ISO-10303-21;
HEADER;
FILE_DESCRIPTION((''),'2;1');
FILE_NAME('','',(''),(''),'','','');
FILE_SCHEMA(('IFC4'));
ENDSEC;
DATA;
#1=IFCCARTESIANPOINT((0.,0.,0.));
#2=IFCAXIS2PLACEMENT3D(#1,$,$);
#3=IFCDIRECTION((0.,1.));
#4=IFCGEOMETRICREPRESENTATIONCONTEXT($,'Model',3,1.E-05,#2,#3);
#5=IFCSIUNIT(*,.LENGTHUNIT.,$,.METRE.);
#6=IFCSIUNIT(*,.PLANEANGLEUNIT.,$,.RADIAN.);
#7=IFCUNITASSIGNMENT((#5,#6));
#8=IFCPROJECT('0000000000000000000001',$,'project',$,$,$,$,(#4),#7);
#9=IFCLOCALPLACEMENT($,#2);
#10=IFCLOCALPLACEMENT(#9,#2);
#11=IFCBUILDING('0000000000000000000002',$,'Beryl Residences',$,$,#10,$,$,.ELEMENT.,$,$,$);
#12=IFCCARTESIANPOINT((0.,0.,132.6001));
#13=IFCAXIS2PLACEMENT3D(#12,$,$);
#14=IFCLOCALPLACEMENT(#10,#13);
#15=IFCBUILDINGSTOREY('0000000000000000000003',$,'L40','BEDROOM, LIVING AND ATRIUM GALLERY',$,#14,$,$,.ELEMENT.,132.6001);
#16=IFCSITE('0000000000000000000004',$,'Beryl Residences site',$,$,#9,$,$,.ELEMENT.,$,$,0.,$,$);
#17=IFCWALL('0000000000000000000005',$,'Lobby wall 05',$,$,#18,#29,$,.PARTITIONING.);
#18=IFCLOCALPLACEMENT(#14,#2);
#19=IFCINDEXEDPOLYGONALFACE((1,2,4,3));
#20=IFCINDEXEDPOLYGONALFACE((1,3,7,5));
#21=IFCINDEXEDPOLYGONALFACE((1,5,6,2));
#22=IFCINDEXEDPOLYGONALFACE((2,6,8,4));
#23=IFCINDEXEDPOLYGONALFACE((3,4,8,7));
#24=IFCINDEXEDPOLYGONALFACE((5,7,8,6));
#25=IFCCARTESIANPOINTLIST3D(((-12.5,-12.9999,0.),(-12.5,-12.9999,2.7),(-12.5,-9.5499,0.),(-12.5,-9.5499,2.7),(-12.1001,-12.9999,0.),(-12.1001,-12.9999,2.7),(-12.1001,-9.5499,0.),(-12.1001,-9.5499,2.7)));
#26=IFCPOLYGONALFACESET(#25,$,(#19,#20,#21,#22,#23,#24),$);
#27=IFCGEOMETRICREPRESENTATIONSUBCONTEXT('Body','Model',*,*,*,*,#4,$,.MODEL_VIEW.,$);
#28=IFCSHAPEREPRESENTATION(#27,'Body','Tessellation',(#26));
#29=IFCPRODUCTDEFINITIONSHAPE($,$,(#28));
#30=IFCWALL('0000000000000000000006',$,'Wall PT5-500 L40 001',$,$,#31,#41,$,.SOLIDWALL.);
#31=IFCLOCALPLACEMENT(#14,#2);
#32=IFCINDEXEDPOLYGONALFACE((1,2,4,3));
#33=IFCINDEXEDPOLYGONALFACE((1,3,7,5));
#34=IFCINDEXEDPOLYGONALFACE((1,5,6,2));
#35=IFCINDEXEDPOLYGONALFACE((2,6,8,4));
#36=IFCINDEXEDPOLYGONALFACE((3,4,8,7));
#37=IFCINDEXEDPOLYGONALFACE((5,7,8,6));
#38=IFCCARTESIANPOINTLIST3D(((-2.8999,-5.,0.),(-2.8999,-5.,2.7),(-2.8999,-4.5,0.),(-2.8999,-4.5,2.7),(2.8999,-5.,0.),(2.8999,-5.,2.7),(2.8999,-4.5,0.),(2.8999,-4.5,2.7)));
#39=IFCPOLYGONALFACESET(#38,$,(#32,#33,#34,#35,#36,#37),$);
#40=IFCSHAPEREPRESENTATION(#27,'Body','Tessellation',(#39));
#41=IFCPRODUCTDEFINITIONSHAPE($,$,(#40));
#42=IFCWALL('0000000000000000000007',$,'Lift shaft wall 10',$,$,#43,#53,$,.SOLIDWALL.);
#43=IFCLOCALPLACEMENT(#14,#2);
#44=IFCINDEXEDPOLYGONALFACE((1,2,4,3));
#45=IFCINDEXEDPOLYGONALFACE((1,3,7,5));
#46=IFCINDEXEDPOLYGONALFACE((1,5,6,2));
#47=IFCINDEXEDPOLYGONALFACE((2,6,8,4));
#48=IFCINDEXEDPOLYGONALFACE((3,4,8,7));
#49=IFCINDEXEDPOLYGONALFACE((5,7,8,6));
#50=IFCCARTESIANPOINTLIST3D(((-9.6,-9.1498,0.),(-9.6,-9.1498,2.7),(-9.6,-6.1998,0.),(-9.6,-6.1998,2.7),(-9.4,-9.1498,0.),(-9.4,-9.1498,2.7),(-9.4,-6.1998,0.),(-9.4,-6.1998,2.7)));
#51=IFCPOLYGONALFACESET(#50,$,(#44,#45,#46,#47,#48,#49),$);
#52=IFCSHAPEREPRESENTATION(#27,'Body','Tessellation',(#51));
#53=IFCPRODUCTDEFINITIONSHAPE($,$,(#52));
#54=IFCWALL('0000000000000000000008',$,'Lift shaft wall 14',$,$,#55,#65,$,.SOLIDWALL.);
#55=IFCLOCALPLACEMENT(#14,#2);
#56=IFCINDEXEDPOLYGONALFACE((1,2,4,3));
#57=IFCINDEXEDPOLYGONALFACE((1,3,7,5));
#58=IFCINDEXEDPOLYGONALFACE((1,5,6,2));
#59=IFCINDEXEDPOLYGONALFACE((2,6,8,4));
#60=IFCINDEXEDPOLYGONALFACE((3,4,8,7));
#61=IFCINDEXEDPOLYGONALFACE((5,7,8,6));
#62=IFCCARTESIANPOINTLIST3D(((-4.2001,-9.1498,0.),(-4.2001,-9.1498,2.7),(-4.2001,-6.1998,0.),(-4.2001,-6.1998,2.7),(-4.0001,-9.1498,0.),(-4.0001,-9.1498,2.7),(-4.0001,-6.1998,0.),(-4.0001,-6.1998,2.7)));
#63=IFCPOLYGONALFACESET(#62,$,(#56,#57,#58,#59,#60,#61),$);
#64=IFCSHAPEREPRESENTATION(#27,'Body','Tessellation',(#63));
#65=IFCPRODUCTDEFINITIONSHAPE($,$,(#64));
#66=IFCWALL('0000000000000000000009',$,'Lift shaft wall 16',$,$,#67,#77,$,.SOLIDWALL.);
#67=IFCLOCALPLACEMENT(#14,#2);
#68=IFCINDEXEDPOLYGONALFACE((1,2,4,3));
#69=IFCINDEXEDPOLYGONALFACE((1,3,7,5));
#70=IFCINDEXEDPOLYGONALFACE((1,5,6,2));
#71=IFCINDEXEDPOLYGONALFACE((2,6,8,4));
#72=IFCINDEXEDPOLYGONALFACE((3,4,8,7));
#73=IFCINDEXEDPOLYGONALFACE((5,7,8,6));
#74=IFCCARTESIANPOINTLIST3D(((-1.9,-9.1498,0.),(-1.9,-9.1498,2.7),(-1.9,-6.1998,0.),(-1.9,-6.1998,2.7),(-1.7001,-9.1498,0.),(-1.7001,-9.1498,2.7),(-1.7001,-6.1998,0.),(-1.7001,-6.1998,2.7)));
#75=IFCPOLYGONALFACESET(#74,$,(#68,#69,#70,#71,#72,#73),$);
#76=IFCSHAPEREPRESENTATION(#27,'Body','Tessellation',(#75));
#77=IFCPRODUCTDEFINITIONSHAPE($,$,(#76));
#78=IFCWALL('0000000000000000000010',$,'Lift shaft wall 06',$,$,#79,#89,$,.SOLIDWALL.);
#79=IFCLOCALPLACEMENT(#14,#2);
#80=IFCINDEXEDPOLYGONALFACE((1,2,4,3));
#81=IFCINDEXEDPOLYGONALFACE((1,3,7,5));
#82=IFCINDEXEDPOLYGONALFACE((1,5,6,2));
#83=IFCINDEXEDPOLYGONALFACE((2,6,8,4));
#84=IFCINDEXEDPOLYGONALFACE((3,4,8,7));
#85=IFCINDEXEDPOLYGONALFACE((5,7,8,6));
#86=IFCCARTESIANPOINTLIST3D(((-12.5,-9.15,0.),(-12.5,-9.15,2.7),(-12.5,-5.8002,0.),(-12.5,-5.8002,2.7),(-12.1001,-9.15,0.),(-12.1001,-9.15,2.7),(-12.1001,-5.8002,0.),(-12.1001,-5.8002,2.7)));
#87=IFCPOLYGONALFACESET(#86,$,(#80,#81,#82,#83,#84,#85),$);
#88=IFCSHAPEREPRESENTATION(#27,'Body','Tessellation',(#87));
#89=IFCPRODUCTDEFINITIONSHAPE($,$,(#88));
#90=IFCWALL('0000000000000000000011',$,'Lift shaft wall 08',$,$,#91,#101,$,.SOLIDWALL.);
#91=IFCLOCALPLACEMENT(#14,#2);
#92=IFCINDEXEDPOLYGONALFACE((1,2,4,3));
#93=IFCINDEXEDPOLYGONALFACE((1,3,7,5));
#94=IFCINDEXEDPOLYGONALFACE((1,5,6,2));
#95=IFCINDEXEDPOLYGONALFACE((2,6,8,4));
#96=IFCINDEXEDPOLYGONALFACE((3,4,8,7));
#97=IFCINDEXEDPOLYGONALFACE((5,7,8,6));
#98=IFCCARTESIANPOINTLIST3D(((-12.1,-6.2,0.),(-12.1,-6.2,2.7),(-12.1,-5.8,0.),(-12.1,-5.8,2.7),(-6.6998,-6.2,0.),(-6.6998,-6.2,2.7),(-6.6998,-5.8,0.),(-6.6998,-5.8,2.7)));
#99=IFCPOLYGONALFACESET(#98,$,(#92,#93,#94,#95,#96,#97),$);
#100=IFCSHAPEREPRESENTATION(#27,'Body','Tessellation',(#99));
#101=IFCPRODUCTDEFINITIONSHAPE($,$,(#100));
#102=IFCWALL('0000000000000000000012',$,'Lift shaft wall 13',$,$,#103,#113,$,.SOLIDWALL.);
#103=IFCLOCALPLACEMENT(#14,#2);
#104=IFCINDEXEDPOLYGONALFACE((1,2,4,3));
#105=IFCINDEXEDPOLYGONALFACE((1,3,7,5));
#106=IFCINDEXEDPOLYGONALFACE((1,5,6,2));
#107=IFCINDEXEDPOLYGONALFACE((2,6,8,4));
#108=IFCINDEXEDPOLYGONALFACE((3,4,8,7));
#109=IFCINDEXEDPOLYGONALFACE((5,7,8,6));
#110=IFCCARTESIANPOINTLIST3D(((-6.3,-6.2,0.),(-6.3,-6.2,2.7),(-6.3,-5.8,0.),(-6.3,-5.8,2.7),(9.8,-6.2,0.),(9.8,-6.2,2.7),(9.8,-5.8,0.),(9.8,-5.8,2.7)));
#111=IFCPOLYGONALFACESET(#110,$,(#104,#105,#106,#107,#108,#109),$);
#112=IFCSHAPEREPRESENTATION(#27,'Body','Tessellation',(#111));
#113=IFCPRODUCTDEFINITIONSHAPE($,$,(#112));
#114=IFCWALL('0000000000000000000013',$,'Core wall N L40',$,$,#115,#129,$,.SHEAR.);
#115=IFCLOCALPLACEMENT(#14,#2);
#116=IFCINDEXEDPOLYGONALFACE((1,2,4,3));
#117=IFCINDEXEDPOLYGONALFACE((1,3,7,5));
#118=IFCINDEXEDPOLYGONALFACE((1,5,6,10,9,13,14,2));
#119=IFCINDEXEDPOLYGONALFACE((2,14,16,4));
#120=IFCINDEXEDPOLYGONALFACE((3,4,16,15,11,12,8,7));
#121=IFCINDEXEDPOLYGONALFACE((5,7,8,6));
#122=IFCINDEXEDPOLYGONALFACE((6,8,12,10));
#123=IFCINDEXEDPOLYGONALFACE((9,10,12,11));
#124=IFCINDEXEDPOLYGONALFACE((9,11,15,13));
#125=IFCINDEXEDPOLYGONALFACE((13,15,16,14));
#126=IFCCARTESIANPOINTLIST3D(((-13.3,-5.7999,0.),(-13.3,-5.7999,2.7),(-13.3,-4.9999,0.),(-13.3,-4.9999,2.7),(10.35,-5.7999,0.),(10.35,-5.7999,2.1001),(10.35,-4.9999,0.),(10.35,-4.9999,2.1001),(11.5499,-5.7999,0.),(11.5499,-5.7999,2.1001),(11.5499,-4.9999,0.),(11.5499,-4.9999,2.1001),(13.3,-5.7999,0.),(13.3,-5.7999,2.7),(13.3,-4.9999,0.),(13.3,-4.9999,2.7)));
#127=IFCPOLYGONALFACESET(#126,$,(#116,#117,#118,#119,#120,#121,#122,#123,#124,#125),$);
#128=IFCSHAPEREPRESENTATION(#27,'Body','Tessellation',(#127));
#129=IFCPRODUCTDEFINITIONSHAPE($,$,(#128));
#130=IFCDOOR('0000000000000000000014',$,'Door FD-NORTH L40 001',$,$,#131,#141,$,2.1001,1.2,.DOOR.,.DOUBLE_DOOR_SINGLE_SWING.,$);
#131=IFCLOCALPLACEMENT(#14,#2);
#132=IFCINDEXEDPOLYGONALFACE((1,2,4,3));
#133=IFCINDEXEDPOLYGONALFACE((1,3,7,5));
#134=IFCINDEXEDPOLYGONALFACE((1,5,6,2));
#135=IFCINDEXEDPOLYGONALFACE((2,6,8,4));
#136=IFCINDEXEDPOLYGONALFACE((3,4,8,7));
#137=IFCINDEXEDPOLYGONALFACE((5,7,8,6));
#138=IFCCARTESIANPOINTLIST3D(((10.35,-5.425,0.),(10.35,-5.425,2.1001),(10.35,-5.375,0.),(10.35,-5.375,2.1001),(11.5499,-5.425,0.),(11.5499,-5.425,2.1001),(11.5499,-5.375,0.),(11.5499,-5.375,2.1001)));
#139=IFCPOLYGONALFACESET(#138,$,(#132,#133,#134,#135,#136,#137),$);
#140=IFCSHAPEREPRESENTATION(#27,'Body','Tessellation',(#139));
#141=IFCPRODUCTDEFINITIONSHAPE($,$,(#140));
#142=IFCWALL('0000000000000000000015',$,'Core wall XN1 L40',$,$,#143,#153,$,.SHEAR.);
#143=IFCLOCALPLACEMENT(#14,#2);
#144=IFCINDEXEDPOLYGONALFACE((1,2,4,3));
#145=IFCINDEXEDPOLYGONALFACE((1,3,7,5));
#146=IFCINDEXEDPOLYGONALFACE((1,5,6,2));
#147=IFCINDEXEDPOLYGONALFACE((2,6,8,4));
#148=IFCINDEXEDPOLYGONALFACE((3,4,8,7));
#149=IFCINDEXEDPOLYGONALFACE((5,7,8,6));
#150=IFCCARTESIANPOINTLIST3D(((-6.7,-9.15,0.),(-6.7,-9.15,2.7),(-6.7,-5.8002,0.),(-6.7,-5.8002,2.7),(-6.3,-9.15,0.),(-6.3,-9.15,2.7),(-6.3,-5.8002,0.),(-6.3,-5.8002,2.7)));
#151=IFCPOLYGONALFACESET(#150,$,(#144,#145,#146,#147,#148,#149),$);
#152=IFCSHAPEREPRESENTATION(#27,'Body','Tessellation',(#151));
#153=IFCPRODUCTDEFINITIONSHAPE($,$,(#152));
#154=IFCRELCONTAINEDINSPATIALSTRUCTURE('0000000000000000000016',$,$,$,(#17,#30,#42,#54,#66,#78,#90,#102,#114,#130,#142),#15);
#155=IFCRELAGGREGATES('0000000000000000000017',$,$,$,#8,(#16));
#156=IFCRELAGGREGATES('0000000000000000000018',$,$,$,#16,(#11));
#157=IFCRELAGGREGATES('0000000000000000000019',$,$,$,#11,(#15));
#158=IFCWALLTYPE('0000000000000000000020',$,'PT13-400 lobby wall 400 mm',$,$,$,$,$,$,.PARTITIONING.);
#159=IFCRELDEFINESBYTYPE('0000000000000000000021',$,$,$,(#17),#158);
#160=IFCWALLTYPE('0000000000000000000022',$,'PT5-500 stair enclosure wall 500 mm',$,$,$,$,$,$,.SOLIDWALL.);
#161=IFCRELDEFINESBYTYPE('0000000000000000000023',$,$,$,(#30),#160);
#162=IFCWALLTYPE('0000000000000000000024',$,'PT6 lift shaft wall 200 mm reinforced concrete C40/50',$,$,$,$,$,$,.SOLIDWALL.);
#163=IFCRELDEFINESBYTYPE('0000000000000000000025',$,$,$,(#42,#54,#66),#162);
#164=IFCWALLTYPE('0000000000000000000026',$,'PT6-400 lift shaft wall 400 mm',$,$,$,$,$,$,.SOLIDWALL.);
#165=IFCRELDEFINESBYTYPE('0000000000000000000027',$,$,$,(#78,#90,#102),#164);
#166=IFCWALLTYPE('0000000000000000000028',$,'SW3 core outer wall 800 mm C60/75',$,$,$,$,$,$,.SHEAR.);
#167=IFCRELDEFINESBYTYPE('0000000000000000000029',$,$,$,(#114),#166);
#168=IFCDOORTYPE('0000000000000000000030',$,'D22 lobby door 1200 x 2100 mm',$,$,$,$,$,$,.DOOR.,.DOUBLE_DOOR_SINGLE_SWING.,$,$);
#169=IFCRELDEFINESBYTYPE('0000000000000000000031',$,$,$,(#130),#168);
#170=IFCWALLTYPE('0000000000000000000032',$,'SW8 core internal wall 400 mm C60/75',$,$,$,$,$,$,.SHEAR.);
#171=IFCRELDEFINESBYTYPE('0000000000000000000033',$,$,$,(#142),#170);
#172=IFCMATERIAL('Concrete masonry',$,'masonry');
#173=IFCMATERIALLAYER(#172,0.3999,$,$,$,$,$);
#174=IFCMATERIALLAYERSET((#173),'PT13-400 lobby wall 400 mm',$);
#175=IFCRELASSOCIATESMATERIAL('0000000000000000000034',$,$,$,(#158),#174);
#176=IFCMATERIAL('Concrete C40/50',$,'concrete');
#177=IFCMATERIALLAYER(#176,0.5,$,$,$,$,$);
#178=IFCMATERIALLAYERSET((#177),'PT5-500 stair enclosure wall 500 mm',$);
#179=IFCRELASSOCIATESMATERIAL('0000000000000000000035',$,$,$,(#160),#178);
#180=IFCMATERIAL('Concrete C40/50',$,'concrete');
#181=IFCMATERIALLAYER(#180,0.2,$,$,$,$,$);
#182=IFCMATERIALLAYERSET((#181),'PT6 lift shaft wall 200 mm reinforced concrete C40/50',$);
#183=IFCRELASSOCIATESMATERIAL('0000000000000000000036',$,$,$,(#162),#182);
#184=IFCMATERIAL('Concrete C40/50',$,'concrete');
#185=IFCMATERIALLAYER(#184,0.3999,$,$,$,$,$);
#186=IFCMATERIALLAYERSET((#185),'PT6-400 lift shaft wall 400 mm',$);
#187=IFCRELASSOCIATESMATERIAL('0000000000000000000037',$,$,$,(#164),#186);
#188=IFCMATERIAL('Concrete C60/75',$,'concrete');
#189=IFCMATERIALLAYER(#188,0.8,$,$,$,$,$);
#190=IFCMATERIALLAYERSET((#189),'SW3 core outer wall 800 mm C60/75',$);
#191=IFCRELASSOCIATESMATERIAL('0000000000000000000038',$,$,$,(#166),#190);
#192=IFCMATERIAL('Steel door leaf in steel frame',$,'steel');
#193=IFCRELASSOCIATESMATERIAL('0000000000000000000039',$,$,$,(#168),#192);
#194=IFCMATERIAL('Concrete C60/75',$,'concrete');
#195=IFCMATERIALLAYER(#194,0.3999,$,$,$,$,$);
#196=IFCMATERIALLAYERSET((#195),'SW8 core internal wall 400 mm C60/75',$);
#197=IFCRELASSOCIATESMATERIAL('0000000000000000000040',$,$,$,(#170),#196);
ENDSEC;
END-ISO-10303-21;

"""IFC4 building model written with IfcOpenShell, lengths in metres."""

from ifc_helpers import new_model, si_unit, direction, frame, frame_2d, origin, place, context, subcontext, project, spatial, rectangle, extrude, material, layer, layer_set, type_object, element, fill, save


model = new_model("IFC4")

# Units and contexts
model_context = context("Model", 3, precision=1e-05, world=origin(), true_north=direction((0.0, 1.0)))
body_context = subcontext(model_context, "Body", "Model", "MODEL_VIEW")
ifc_project = project(units=[si_unit("LENGTHUNIT", "METRE"), si_unit("PLANEANGLEUNIT", "RADIAN")], contexts=[model_context])

# Site, building, storey
site_placement = place(None, origin())
site = spatial("IfcSite", under=ifc_project, at=site_placement, Name="Beryl Residences site", CompositionType="ELEMENT", RefElevation=0.0)
building_placement = place(site_placement, origin())
building = spatial("IfcBuilding", under=site, at=building_placement, Name="Beryl Residences", CompositionType="ELEMENT")
storey_placement = place(building_placement, frame((0.0, 0.0, 132.6001)))
storey = spatial("IfcBuildingStorey", under=building, at=storey_placement, Name="L40", Description="BEDROOM, LIVING AND ATRIUM GALLERY", CompositionType="ELEMENT", Elevation=132.6001)

# Walls
ifc_material_1 = material(Name="Concrete masonry", Category="masonry")
ifc_layer_1 = layer(ifc_material_1, 0.3999)
ifc_layer_set_1 = layer_set([ifc_layer_1], Name="PT13-400 lobby wall 400 mm")
wall_type_1 = type_object("IfcWallType", Name="PT13-400 lobby wall 400 mm", PredefinedType="PARTITIONING", material=ifc_layer_set_1)
wall_1_placement = place(storey_placement, frame((-12.3, -13.0, 0.0), z_axis=(0.0, 0.0, 1.0), x_axis=(0.0, 1.0, 0.0)))
element("IfcWall", 1, at=wall_1_placement, inside=storey, type_object=wall_type_1, Name="Lobby wall 05", PredefinedType="PARTITIONING", context=body_context, shape_type="SweptSolid", body=[
    extrude(rectangle(XDim=3.45, YDim=0.3999, at=frame_2d((1.7251, 0.0))), origin(), (0.0, 0.0, 1.0), 2.7),
])
ifc_material_2 = material(Name="Concrete C40/50", Category="concrete")
ifc_layer_2 = layer(ifc_material_2, 0.5)
ifc_layer_set_2 = layer_set([ifc_layer_2], Name="PT5-500 stair enclosure wall 500 mm")
wall_type_2 = type_object("IfcWallType", Name="PT5-500 stair enclosure wall 500 mm", PredefinedType="SOLIDWALL", material=ifc_layer_set_2)
wall_2_placement = place(storey_placement, frame((-2.8999, -4.75, 0.0), z_axis=(0.0, 0.0, 1.0), x_axis=(1.0, 0.0, 0.0)))
element("IfcWall", 2, at=wall_2_placement, inside=storey, type_object=wall_type_2, Name="Wall PT5-500 L40 001", PredefinedType="SOLIDWALL", context=body_context, shape_type="SweptSolid", body=[
    extrude(rectangle(XDim=5.7998, YDim=0.5, at=frame_2d((2.8999, 0.0))), origin(), (0.0, 0.0, 1.0), 2.7),
])
ifc_material_3 = material(Name="Concrete C40/50", Category="concrete")
ifc_layer_3 = layer(ifc_material_3, 0.2)
ifc_layer_set_3 = layer_set([ifc_layer_3], Name="PT6 lift shaft wall 200 mm reinforced concrete C40/50")
wall_type_3 = type_object("IfcWallType", Name="PT6 lift shaft wall 200 mm reinforced concrete C40/50", PredefinedType="SOLIDWALL", material=ifc_layer_set_3)
for number, where, z_axis, x_axis, name in (
    (3, (-9.5, -9.1499, 0.0), (0.0, 0.0, 1.0), (0.0, 1.0, 0.0), "Lift shaft wall 10"),
    (4, (-4.1001, -9.1499, 0.0), (0.0, 0.0, 1.0), (0.0, 1.0, 0.0), "Lift shaft wall 14"),
    (5, (-1.8, -9.1499, 0.0), (0.0, 0.0, 1.0), (0.0, 1.0, 0.0), "Lift shaft wall 16"),
):
    element("IfcWall", number, at=place(storey_placement, frame(where, z_axis=z_axis, x_axis=x_axis)), inside=storey, type_object=wall_type_3, Name=name, PredefinedType="SOLIDWALL", context=body_context, shape_type="SweptSolid", body=[
        extrude(rectangle(XDim=2.95, YDim=0.2, at=frame_2d((1.4751, 0.0))), origin(), (0.0, 0.0, 1.0), 2.7),
    ])
ifc_material_4 = material(Name="Concrete C40/50", Category="concrete")
ifc_layer_4 = layer(ifc_material_4, 0.3999)
ifc_layer_set_4 = layer_set([ifc_layer_4], Name="PT6-400 lift shaft wall 400 mm")
wall_type_4 = type_object("IfcWallType", Name="PT6-400 lift shaft wall 400 mm", PredefinedType="SOLIDWALL", material=ifc_layer_set_4)
wall_3_placement = place(storey_placement, frame((-12.3, -9.1499, 0.0), z_axis=(0.0, 0.0, 1.0), x_axis=(0.0, 1.0, 0.0)))
element("IfcWall", 6, at=wall_3_placement, inside=storey, type_object=wall_type_4, Name="Lift shaft wall 06", PredefinedType="SOLIDWALL", context=body_context, shape_type="SweptSolid", body=[
    extrude(rectangle(XDim=3.3499, YDim=0.3999, at=frame_2d((1.6748, 0.0))), origin(), (0.0, 0.0, 1.0), 2.7),
])
wall_4_placement = place(storey_placement, frame((-12.1001, -6.0, 0.0), z_axis=(0.0, 0.0, 1.0), x_axis=(1.0, 0.0, 0.0)))
element("IfcWall", 7, at=wall_4_placement, inside=storey, type_object=wall_type_4, Name="Lift shaft wall 08", PredefinedType="SOLIDWALL", context=body_context, shape_type="SweptSolid", body=[
    extrude(rectangle(XDim=5.4001, YDim=0.3999, at=frame_2d((2.7002, 0.0))), origin(), (0.0, 0.0, 1.0), 2.7),
])
wall_5_placement = place(storey_placement, frame((-6.3, -6.0, 0.0), z_axis=(0.0, 0.0, 1.0), x_axis=(1.0, 0.0, 0.0)))
element("IfcWall", 8, at=wall_5_placement, inside=storey, type_object=wall_type_4, Name="Lift shaft wall 13", PredefinedType="SOLIDWALL", context=body_context, shape_type="SweptSolid", body=[
    extrude(rectangle(XDim=16.1001, YDim=0.3999, at=frame_2d((8.05, 0.0))), origin(), (0.0, 0.0, 1.0), 2.7),
])

# Wall, opening, door
ifc_material_5 = material(Name="Concrete C60/75", Category="concrete")
ifc_layer_5 = layer(ifc_material_5, 0.8)
ifc_layer_set_5 = layer_set([ifc_layer_5], Name="SW3 core outer wall 800 mm C60/75")
wall_type_5 = type_object("IfcWallType", Name="SW3 core outer wall 800 mm C60/75", PredefinedType="SHEAR", material=ifc_layer_set_5)
wall_6_placement = place(storey_placement, frame((-13.3, -5.3999, 0.0), z_axis=(0.0, 0.0, 1.0), x_axis=(1.0, 0.0, 0.0)))
wall_6 = element("IfcWall", 9, at=wall_6_placement, inside=storey, type_object=wall_type_5, Name="Core wall N L40", PredefinedType="SHEAR", context=body_context, shape_type="SweptSolid", body=[
    extrude(rectangle(XDim=26.6001, YDim=0.8, at=frame_2d((13.3, 0.0))), origin(), (0.0, 0.0, 1.0), 2.7),
])
opening_1_placement = place(wall_6_placement, frame((23.6499, 0.0, 0.0)))
opening_1 = element("IfcOpeningElement", 10, at=opening_1_placement, cuts=wall_6, PredefinedType="OPENING", context=body_context, shape_type="SweptSolid", body=[
    extrude(rectangle(XDim=1.2, YDim=2.1001, at=frame_2d((0.6001, 1.05))), frame((0.0, 0.4099, 0.0), z_axis=(0.0, -1.0, 0.0), x_axis=(1.0, 0.0, 0.0)), (0.0, 0.0, 1.0), 0.8201),
])
ifc_material_6 = material(Name="Steel door leaf in steel frame", Category="steel")
door_type_1 = type_object("IfcDoorType", Name="D22 lobby door 1200 x 2100 mm", OperationType="DOUBLE_DOOR_SINGLE_SWING", PredefinedType="DOOR", material=ifc_material_6)
door_1_placement = place(opening_1_placement, origin())
door_1 = element("IfcDoor", 11, at=door_1_placement, inside=storey, type_object=door_type_1, Name="Door FD-NORTH L40 001", OperationType="DOUBLE_DOOR_SINGLE_SWING", OverallHeight=2.1001, OverallWidth=1.2, PredefinedType="DOOR", context=body_context, shape_type="SweptSolid", body=[
    extrude(rectangle(XDim=1.2, YDim=2.1001, at=frame_2d((0.6001, 1.05))), frame((0.0, 0.0249, 0.0), z_axis=(0.0, -1.0, 0.0), x_axis=(1.0, 0.0, 0.0)), (0.0, 0.0, 1.0), 0.05),
])
fill(opening_1, door_1)

# Shared definitions
ifc_material_7 = material(Name="Concrete C60/75", Category="concrete")
ifc_layer_6 = layer(ifc_material_7, 0.3999)
ifc_layer_set_6 = layer_set([ifc_layer_6], Name="SW8 core internal wall 400 mm C60/75")
wall_type_6 = type_object("IfcWallType", Name="SW8 core internal wall 400 mm C60/75", PredefinedType="SHEAR", material=ifc_layer_set_6)

# Wall
wall_7_placement = place(storey_placement, frame((-6.5, -9.1499, 0.0), z_axis=(0.0, 0.0, 1.0), x_axis=(0.0, 1.0, 0.0)))
element("IfcWall", 12, at=wall_7_placement, inside=storey, type_object=wall_type_6, Name="Core wall XN1 L40", PredefinedType="SHEAR", context=body_context, shape_type="SweptSolid", body=[
    extrude(rectangle(XDim=3.3499, YDim=0.3999, at=frame_2d((1.6748, 0.0))), origin(), (0.0, 0.0, 1.0), 2.7),
])

save(model, "model.ifc")
